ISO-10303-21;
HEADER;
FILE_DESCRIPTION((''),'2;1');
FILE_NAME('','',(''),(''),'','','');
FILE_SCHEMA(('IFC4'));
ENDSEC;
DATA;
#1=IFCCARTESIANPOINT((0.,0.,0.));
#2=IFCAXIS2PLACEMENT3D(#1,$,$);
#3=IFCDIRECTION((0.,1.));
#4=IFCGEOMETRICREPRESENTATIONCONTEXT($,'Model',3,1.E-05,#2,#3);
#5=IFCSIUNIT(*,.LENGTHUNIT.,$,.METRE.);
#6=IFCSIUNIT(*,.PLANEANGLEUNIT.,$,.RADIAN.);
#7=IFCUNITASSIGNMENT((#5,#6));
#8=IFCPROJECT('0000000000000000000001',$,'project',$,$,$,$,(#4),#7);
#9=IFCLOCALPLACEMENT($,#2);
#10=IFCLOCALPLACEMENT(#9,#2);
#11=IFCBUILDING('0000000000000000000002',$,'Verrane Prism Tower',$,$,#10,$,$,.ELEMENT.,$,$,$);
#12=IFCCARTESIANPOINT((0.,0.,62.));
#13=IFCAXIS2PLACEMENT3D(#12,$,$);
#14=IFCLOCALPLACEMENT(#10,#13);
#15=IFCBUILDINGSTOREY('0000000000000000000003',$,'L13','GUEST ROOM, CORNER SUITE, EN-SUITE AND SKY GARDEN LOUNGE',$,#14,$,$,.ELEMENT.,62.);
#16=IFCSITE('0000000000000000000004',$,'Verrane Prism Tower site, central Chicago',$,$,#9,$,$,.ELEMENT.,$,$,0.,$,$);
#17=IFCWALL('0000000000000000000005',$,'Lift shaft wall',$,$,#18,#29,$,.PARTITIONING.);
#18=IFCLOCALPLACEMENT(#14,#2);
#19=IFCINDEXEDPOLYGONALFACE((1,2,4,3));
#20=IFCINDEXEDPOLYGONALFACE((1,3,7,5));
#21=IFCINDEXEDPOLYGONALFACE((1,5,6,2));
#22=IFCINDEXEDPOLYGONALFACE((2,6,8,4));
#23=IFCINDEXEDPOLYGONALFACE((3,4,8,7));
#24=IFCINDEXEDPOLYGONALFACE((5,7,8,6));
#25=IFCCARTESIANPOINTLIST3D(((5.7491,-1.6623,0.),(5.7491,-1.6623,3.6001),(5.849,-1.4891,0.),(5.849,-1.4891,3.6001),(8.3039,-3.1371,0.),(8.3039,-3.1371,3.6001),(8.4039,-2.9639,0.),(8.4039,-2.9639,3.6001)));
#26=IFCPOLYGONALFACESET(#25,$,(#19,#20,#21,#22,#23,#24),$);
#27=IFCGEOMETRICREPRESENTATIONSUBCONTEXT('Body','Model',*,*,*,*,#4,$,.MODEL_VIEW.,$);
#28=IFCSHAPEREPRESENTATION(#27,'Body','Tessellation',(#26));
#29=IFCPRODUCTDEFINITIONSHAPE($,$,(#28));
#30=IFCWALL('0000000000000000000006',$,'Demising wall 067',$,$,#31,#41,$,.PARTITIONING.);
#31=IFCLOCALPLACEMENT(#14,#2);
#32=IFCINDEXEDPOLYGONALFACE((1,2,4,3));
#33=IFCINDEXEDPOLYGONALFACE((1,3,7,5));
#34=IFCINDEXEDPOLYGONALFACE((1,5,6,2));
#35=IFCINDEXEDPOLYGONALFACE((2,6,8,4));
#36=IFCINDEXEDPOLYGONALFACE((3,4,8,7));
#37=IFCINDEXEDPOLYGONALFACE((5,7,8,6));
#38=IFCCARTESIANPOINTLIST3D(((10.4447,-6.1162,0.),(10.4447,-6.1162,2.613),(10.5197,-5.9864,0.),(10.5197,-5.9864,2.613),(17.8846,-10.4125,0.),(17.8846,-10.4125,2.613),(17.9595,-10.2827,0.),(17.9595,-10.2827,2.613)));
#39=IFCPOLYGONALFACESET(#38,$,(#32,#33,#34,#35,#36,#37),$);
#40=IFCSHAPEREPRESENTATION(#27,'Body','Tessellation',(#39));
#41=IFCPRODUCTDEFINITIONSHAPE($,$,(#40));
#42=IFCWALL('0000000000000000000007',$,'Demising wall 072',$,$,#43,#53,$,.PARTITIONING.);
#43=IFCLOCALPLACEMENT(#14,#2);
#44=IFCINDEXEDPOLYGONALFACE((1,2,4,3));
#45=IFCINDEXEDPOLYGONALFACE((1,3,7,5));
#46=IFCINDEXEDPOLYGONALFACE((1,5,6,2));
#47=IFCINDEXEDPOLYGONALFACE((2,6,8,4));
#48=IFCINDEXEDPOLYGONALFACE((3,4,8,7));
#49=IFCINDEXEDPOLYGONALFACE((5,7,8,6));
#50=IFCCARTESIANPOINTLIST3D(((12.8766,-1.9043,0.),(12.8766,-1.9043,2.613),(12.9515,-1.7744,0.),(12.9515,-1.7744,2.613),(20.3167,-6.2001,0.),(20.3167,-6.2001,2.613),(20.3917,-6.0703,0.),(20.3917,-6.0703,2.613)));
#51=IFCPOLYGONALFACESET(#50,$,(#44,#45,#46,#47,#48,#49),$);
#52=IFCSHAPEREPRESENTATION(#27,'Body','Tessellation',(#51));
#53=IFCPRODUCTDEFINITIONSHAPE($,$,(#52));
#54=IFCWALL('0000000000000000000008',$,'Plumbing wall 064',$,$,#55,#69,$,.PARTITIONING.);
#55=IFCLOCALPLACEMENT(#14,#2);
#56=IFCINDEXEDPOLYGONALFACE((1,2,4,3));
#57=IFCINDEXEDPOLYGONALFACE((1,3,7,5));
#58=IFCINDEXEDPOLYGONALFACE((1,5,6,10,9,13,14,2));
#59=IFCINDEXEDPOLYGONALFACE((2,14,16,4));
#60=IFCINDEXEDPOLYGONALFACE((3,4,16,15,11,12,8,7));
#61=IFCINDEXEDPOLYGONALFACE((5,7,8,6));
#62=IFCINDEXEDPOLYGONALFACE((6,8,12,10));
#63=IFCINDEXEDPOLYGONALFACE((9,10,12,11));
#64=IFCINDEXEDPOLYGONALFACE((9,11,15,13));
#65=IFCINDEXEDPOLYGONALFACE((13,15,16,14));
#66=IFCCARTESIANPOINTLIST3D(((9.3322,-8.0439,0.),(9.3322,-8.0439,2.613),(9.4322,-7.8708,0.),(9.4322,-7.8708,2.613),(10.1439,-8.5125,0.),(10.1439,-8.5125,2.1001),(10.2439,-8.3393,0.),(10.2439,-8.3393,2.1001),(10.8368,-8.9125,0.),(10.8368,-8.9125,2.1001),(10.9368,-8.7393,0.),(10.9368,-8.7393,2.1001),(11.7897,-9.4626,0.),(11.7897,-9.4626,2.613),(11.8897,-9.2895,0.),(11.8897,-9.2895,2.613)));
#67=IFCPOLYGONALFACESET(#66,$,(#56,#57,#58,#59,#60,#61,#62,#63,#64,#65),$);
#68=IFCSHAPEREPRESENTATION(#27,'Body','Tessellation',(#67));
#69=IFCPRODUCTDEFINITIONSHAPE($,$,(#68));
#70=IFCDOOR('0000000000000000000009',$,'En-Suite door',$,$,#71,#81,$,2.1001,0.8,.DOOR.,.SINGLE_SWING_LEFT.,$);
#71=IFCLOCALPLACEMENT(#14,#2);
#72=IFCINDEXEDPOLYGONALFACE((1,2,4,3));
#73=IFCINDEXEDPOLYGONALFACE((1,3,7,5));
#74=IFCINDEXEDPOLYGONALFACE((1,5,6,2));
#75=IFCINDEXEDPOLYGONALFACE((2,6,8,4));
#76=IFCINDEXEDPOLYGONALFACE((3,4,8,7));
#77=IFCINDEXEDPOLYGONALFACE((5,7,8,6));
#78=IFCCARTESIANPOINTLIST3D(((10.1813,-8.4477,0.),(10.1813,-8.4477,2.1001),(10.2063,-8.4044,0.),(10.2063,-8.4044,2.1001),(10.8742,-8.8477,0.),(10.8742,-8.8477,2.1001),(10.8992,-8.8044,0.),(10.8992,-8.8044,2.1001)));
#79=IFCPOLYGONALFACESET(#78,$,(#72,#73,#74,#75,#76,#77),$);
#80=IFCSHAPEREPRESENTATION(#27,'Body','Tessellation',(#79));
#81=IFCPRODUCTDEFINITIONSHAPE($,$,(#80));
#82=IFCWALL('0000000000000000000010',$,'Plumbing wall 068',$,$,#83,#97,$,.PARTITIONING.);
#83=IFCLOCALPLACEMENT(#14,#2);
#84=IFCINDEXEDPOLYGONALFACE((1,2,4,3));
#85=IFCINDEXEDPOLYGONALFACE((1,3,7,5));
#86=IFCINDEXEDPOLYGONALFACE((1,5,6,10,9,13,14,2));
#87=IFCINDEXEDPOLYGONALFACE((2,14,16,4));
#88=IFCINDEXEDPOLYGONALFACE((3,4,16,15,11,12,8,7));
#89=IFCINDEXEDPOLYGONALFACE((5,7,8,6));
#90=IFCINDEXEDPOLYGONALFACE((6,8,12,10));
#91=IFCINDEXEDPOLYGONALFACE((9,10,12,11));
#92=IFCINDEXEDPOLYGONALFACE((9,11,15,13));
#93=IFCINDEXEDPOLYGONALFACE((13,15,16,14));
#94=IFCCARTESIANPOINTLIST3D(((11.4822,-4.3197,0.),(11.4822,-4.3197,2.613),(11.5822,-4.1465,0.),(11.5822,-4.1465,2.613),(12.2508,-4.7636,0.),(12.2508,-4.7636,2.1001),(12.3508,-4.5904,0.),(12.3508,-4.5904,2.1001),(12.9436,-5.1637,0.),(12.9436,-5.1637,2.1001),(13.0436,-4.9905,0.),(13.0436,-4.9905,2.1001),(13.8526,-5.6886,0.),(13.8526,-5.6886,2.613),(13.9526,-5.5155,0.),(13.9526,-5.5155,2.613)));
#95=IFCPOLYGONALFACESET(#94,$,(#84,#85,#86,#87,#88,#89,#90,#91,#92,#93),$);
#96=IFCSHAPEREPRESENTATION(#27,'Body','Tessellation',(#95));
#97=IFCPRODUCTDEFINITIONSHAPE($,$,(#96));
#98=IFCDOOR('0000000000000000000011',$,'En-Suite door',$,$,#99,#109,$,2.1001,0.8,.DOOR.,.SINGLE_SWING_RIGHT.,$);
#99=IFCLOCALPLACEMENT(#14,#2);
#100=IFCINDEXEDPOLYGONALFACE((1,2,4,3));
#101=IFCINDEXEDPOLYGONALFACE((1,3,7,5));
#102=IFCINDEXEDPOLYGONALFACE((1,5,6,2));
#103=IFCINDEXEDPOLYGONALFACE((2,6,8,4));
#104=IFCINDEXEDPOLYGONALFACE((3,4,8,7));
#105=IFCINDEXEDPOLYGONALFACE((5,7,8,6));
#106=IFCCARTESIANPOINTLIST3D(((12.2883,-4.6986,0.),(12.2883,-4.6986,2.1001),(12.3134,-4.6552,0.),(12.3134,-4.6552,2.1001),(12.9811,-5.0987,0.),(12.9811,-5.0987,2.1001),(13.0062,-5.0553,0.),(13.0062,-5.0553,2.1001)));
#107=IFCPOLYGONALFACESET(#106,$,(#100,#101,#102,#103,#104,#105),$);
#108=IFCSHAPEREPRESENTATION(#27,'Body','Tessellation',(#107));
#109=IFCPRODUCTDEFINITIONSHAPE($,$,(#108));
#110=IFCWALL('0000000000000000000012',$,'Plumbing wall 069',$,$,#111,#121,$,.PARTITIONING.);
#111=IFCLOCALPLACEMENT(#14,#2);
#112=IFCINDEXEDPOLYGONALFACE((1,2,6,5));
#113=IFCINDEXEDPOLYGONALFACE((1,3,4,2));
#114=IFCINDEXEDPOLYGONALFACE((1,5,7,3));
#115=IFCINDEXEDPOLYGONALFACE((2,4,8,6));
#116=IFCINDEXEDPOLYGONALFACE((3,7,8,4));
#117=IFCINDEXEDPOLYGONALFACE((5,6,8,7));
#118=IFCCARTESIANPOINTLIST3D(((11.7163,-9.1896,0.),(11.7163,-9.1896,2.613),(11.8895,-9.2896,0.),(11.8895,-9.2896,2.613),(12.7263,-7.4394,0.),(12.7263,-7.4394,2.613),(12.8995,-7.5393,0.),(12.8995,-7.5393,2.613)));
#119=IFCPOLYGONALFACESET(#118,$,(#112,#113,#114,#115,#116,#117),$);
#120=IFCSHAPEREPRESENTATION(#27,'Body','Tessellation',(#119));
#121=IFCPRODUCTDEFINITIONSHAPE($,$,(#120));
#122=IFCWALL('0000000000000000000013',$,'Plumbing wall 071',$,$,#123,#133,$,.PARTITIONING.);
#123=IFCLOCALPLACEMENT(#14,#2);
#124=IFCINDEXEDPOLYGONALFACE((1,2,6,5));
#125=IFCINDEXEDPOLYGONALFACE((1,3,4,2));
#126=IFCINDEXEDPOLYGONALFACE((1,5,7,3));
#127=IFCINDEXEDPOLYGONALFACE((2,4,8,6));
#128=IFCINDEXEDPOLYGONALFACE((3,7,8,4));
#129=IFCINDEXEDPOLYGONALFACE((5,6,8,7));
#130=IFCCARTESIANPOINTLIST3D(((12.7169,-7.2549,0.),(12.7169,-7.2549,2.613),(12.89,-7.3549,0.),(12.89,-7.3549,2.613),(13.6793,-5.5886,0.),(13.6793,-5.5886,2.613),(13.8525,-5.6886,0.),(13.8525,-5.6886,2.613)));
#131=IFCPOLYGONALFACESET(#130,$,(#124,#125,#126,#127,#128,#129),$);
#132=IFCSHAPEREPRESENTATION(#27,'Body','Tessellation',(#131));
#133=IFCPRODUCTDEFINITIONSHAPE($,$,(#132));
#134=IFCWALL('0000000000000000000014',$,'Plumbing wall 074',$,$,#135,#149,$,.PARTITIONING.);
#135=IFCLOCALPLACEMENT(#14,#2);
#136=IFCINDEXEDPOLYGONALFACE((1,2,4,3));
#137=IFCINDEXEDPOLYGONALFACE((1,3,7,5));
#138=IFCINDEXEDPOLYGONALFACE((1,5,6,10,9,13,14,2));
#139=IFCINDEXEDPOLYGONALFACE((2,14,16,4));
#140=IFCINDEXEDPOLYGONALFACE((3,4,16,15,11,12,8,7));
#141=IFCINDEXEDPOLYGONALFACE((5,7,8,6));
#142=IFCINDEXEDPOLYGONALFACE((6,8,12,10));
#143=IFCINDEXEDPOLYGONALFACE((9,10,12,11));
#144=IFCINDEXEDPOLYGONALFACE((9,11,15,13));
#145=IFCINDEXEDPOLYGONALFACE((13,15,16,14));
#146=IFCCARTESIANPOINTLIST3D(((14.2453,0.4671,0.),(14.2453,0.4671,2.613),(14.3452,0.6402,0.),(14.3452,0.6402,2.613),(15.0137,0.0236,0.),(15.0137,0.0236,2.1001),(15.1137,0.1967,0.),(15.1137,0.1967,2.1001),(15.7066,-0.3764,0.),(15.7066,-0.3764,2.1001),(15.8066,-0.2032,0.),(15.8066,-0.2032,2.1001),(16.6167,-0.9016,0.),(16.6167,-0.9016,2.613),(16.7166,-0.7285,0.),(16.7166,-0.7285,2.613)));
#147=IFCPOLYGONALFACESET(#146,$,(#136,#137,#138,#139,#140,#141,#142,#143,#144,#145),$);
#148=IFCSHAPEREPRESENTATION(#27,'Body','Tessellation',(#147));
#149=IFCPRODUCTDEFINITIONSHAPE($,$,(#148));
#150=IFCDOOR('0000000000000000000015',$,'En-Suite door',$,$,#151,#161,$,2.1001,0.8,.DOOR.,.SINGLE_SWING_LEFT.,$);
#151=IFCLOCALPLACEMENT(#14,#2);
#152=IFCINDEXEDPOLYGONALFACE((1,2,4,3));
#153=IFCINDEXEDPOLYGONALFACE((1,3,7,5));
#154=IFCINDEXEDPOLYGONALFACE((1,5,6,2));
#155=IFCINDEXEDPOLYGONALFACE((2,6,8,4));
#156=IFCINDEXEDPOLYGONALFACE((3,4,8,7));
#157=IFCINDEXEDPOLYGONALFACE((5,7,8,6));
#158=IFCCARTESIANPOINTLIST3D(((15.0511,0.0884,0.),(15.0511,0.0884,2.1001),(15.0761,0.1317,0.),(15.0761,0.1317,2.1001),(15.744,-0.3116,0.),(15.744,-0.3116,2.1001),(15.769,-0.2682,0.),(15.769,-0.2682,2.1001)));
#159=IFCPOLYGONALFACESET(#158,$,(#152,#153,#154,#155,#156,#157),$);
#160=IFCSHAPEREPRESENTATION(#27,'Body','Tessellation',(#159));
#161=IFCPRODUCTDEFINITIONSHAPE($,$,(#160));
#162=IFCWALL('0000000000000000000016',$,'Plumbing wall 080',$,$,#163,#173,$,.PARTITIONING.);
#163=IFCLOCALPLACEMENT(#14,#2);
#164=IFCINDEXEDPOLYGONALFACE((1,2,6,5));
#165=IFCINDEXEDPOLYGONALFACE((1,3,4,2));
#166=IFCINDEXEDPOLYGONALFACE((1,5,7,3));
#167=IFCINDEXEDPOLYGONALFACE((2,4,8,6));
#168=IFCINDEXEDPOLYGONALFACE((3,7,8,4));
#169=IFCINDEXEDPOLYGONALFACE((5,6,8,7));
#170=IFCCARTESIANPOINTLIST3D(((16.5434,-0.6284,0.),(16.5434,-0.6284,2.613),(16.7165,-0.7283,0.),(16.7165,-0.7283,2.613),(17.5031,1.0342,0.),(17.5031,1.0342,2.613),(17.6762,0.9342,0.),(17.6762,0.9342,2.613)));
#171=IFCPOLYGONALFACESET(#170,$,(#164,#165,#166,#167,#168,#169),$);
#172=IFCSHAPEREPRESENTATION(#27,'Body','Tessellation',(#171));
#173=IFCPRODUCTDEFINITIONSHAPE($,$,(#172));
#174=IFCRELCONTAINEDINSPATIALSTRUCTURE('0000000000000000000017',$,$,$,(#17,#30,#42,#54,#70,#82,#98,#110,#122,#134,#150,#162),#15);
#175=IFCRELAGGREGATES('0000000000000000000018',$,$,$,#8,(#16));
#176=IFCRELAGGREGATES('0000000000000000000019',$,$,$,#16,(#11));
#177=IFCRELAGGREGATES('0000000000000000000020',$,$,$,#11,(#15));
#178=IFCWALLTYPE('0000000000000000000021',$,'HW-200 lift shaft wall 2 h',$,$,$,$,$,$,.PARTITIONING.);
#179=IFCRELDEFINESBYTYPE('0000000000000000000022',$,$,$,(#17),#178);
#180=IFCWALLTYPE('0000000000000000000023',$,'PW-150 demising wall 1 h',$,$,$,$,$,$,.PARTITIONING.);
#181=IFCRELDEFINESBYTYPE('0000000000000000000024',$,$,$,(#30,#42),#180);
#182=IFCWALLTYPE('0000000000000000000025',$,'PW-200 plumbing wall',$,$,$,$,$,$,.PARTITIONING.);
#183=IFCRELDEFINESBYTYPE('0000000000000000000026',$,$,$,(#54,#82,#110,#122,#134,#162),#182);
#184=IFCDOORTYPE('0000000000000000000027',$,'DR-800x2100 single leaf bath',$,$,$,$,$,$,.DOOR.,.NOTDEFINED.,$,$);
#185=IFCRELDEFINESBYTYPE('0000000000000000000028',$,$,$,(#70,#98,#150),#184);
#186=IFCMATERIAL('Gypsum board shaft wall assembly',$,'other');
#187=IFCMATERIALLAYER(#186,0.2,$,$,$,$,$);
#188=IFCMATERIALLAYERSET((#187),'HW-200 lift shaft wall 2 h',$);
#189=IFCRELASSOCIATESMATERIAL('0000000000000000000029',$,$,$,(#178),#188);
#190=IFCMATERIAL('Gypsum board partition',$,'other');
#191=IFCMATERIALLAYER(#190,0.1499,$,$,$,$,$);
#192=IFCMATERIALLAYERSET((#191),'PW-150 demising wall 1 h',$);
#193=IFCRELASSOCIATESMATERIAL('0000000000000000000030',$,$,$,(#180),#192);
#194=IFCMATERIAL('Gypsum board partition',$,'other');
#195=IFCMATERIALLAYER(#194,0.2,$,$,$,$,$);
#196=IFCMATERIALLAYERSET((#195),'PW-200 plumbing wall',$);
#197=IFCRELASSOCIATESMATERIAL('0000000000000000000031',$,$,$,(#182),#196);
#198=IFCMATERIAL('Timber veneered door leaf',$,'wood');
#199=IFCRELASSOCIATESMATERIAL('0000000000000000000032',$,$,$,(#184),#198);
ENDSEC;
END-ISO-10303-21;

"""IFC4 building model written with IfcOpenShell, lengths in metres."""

from ifc_helpers import new_model, si_unit, direction, frame, frame_2d, origin, place, context, subcontext, project, spatial, rectangle, extrude, material, layer, layer_set, type_object, element, fill, save


model = new_model("IFC4")

# Units and contexts
model_context = context("Model", 3, precision=1e-05, world=origin(), true_north=direction((0.0, 1.0)))
body_context = subcontext(model_context, "Body", "Model", "MODEL_VIEW")
ifc_project = project(units=[si_unit("LENGTHUNIT", "METRE"), si_unit("PLANEANGLEUNIT", "RADIAN")], contexts=[model_context])

# Site, building, storey
site_placement = place(None, origin())
site = spatial("IfcSite", under=ifc_project, at=site_placement, Name="Verrane Prism Tower site, central Chicago", CompositionType="ELEMENT", RefElevation=0.0)
building_placement = place(site_placement, origin())
building = spatial("IfcBuilding", under=site, at=building_placement, Name="Verrane Prism Tower", CompositionType="ELEMENT")
storey_placement = place(building_placement, frame((0.0, 0.0, 62.0)))
storey = spatial("IfcBuildingStorey", under=building, at=storey_placement, Name="L13", Description="GUEST ROOM, CORNER SUITE, EN-SUITE AND SKY GARDEN LOUNGE", CompositionType="ELEMENT", Elevation=62.0)

# Walls
ifc_material_1 = material(Name="Gypsum board shaft wall assembly", Category="other")
ifc_layer_1 = layer(ifc_material_1, 0.2)
ifc_layer_set_1 = layer_set([ifc_layer_1], Name="HW-200 lift shaft wall 2 h")
wall_type_1 = type_object("IfcWallType", Name="HW-200 lift shaft wall 2 h", PredefinedType="PARTITIONING", material=ifc_layer_set_1)
wall_1_placement = place(storey_placement, frame((8.354, -3.0505, 0.0), z_axis=(0.0, 0.0, 1.0), x_axis=(-0.86606, 0.49994, 0.0)))
element("IfcWall", 1, at=wall_1_placement, inside=storey, type_object=wall_type_1, Name="Lift shaft wall", PredefinedType="PARTITIONING", context=body_context, shape_type="SweptSolid", body=[
    extrude(rectangle(XDim=2.95, YDim=0.2, at=frame_2d((1.4751, 0.0))), origin(), (0.0, 0.0, 1.0), 3.6001),
])
ifc_material_2 = material(Name="Gypsum board partition", Category="other")
ifc_layer_2 = layer(ifc_material_2, 0.1499)
ifc_layer_set_2 = layer_set([ifc_layer_2], Name="PW-150 demising wall 1 h")
wall_type_2 = type_object("IfcWallType", Name="PW-150 demising wall 1 h", PredefinedType="PARTITIONING", material=ifc_layer_set_2)
for number, where, z_axis, x_axis, name in (
    (2, (10.4822, -6.0513, 0.0), (0.0, 0.0, 1.0), (0.865978, -0.500082, 0.0), "Demising wall 067"),
    (3, (12.9141, -1.8394, 0.0), (0.0, 0.0, 1.0), (0.86601, -0.500027, 0.0), "Demising wall 072"),
):
    element("IfcWall", number, at=place(storey_placement, frame(where, z_axis=z_axis, x_axis=x_axis)), inside=storey, type_object=wall_type_2, Name=name, PredefinedType="PARTITIONING", context=body_context, shape_type="SweptSolid", body=[
        extrude(rectangle(XDim=8.5913, YDim=0.1499, at=frame_2d((4.2957, 0.0))), origin(), (0.0, 0.0, 1.0), 2.613),
    ])

# Walls, openings, doors
ifc_material_3 = material(Name="Gypsum board partition", Category="other")
ifc_layer_3 = layer(ifc_material_3, 0.2)
ifc_layer_set_3 = layer_set([ifc_layer_3], Name="PW-200 plumbing wall")
wall_type_3 = type_object("IfcWallType", Name="PW-200 plumbing wall", PredefinedType="PARTITIONING", material=ifc_layer_set_3)
wall_2_placement = place(storey_placement, frame((9.3821, -7.9573, 0.0), z_axis=(0.0, 0.0, 1.0), x_axis=(0.866048, -0.499961, 0.0)))
wall_2 = element("IfcWall", 4, at=wall_2_placement, inside=storey, type_object=wall_type_3, Name="Plumbing wall 064", PredefinedType="PARTITIONING", context=body_context, shape_type="SweptSolid", body=[
    extrude(rectangle(XDim=2.8376, YDim=0.2, at=frame_2d((1.4189, 0.0))), origin(), (0.0, 0.0, 1.0), 2.613),
])
opening_1_placement = place(wall_2_placement, frame((0.9375, 0.0, 0.0)))
opening_1 = element("IfcOpeningElement", 5, at=opening_1_placement, cuts=wall_2, PredefinedType="OPENING", context=body_context, shape_type="SweptSolid", body=[
    extrude(rectangle(XDim=0.8, YDim=2.1001, at=frame_2d((0.3999, 1.05))), frame((0.0, 0.1099, 0.0), z_axis=(0.0, -1.0, 0.0), x_axis=(1.0, 0.0, 0.0)), (0.0, 0.0, 1.0), 0.22),
])
ifc_material_4 = material(Name="Timber veneered door leaf", Category="wood")
door_type = type_object("IfcDoorType", Name="DR-800x2100 single leaf bath", OperationType="NOTDEFINED", PredefinedType="DOOR", material=ifc_material_4)
door_1_placement = place(opening_1_placement, origin())
door_1 = element("IfcDoor", 6, at=door_1_placement, inside=storey, type_object=door_type, Name="En-Suite door", OperationType="SINGLE_SWING_LEFT", OverallHeight=2.1001, OverallWidth=0.8, PredefinedType="DOOR", context=body_context, shape_type="SweptSolid", body=[
    extrude(rectangle(XDim=0.8, YDim=2.1001, at=frame_2d((0.3999, 1.05))), frame((0.0, 0.0249, 0.0), z_axis=(0.0, -1.0, 0.0), x_axis=(1.0, 0.0, 0.0)), (0.0, 0.0, 1.0), 0.05),
])
fill(opening_1, door_1)
wall_3_placement = place(storey_placement, frame((13.9026, -5.6021, 0.0), z_axis=(0.0, 0.0, 1.0), x_axis=(-0.865967, 0.500101, 0.0)))
wall_3 = element("IfcWall", 7, at=wall_3_placement, inside=storey, type_object=wall_type_3, Name="Plumbing wall 068", PredefinedType="PARTITIONING", context=body_context, shape_type="SweptSolid", body=[
    extrude(rectangle(XDim=2.7373, YDim=0.2, at=frame_2d((1.3687, 0.0))), origin(), (0.0, 0.0, 1.0), 2.613),
])
opening_2_placement = place(wall_3_placement, frame((1.0498, 0.0, 0.0)))
opening_2 = element("IfcOpeningElement", 8, at=opening_2_placement, cuts=wall_3, PredefinedType="OPENING", context=body_context, shape_type="SweptSolid", body=[
    extrude(rectangle(XDim=0.8, YDim=2.1001, at=frame_2d((0.3999, 1.05))), frame((0.0, 0.1099, 0.0), z_axis=(0.0, -1.0, 0.0), x_axis=(1.0, 0.0, 0.0)), (0.0, 0.0, 1.0), 0.22),
])
door_2_placement = place(opening_2_placement, origin())
door_2 = element("IfcDoor", 9, at=door_2_placement, inside=storey, type_object=door_type, Name="En-Suite door", OperationType="SINGLE_SWING_RIGHT", OverallHeight=2.1001, OverallWidth=0.8, PredefinedType="DOOR", context=body_context, shape_type="SweptSolid", body=[
    extrude(rectangle(XDim=0.8, YDim=2.1001, at=frame_2d((0.3999, 1.05))), frame((0.0, 0.0249, 0.0), z_axis=(0.0, -1.0, 0.0), x_axis=(1.0, 0.0, 0.0)), (0.0, 0.0, 1.0), 0.05),
])
fill(opening_2, door_2)

# Walls
wall_4_placement = place(storey_placement, frame((11.803, -9.2395, 0.0), z_axis=(0.0, 0.0, 1.0), x_axis=(0.499817, 0.866131, 0.0)))
element("IfcWall", 10, at=wall_4_placement, inside=storey, type_object=wall_type_3, Name="Plumbing wall 069", PredefinedType="PARTITIONING", context=body_context, shape_type="SweptSolid", body=[
    extrude(rectangle(XDim=2.0208, YDim=0.2, at=frame_2d((1.0103, 0.0))), origin(), (0.0, 0.0, 1.0), 2.613),
])
wall_5_placement = place(storey_placement, frame((12.8035, -7.3049, 0.0), z_axis=(0.0, 0.0, 1.0), x_axis=(0.500151, 0.865938, 0.0)))
element("IfcWall", 11, at=wall_5_placement, inside=storey, type_object=wall_type_3, Name="Plumbing wall 071", PredefinedType="PARTITIONING", context=body_context, shape_type="SweptSolid", body=[
    extrude(rectangle(XDim=1.9243, YDim=0.2, at=frame_2d((0.9622, 0.0))), origin(), (0.0, 0.0, 1.0), 2.613),
])

# Wall, opening, door
wall_6_placement = place(storey_placement, frame((14.2952, 0.5537, 0.0), z_axis=(0.0, 0.0, 1.0), x_axis=(0.866095, -0.499879, 0.0)))
wall_6 = element("IfcWall", 12, at=wall_6_placement, inside=storey, type_object=wall_type_3, Name="Plumbing wall 074", PredefinedType="PARTITIONING", context=body_context, shape_type="SweptSolid", body=[
    extrude(rectangle(XDim=2.738, YDim=0.2, at=frame_2d((1.3691, 0.0))), origin(), (0.0, 0.0, 1.0), 2.613),
])
opening_3_placement = place(wall_6_placement, frame((0.8875, 0.0, 0.0)))
opening_3 = element("IfcOpeningElement", 13, at=opening_3_placement, cuts=wall_6, PredefinedType="OPENING", context=body_context, shape_type="SweptSolid", body=[
    extrude(rectangle(XDim=0.8, YDim=2.1001, at=frame_2d((0.3999, 1.05))), frame((0.0, 0.1099, 0.0), z_axis=(0.0, -1.0, 0.0), x_axis=(1.0, 0.0, 0.0)), (0.0, 0.0, 1.0), 0.22),
])
door_3_placement = place(opening_3_placement, origin())
door_3 = element("IfcDoor", 14, at=door_3_placement, inside=storey, type_object=door_type, Name="En-Suite door", OperationType="SINGLE_SWING_LEFT", OverallHeight=2.1001, OverallWidth=0.8, PredefinedType="DOOR", context=body_context, shape_type="SweptSolid", body=[
    extrude(rectangle(XDim=0.8, YDim=2.1001, at=frame_2d((0.3999, 1.05))), frame((0.0, 0.0249, 0.0), z_axis=(0.0, -1.0, 0.0), x_axis=(1.0, 0.0, 0.0)), (0.0, 0.0, 1.0), 0.05),
])
fill(opening_3, door_3)

# Wall
wall_7_placement = place(storey_placement, frame((16.6299, -0.6785, 0.0), z_axis=(0.0, 0.0, 1.0), x_axis=(0.499928, 0.866067, 0.0)))
element("IfcWall", 15, at=wall_7_placement, inside=storey, type_object=wall_type_3, Name="Plumbing wall 080", PredefinedType="PARTITIONING", context=body_context, shape_type="SweptSolid", body=[
    extrude(rectangle(XDim=1.9197, YDim=0.2, at=frame_2d((0.96, 0.0))), origin(), (0.0, 0.0, 1.0), 2.613),
])

save(model, "model.ifc")
